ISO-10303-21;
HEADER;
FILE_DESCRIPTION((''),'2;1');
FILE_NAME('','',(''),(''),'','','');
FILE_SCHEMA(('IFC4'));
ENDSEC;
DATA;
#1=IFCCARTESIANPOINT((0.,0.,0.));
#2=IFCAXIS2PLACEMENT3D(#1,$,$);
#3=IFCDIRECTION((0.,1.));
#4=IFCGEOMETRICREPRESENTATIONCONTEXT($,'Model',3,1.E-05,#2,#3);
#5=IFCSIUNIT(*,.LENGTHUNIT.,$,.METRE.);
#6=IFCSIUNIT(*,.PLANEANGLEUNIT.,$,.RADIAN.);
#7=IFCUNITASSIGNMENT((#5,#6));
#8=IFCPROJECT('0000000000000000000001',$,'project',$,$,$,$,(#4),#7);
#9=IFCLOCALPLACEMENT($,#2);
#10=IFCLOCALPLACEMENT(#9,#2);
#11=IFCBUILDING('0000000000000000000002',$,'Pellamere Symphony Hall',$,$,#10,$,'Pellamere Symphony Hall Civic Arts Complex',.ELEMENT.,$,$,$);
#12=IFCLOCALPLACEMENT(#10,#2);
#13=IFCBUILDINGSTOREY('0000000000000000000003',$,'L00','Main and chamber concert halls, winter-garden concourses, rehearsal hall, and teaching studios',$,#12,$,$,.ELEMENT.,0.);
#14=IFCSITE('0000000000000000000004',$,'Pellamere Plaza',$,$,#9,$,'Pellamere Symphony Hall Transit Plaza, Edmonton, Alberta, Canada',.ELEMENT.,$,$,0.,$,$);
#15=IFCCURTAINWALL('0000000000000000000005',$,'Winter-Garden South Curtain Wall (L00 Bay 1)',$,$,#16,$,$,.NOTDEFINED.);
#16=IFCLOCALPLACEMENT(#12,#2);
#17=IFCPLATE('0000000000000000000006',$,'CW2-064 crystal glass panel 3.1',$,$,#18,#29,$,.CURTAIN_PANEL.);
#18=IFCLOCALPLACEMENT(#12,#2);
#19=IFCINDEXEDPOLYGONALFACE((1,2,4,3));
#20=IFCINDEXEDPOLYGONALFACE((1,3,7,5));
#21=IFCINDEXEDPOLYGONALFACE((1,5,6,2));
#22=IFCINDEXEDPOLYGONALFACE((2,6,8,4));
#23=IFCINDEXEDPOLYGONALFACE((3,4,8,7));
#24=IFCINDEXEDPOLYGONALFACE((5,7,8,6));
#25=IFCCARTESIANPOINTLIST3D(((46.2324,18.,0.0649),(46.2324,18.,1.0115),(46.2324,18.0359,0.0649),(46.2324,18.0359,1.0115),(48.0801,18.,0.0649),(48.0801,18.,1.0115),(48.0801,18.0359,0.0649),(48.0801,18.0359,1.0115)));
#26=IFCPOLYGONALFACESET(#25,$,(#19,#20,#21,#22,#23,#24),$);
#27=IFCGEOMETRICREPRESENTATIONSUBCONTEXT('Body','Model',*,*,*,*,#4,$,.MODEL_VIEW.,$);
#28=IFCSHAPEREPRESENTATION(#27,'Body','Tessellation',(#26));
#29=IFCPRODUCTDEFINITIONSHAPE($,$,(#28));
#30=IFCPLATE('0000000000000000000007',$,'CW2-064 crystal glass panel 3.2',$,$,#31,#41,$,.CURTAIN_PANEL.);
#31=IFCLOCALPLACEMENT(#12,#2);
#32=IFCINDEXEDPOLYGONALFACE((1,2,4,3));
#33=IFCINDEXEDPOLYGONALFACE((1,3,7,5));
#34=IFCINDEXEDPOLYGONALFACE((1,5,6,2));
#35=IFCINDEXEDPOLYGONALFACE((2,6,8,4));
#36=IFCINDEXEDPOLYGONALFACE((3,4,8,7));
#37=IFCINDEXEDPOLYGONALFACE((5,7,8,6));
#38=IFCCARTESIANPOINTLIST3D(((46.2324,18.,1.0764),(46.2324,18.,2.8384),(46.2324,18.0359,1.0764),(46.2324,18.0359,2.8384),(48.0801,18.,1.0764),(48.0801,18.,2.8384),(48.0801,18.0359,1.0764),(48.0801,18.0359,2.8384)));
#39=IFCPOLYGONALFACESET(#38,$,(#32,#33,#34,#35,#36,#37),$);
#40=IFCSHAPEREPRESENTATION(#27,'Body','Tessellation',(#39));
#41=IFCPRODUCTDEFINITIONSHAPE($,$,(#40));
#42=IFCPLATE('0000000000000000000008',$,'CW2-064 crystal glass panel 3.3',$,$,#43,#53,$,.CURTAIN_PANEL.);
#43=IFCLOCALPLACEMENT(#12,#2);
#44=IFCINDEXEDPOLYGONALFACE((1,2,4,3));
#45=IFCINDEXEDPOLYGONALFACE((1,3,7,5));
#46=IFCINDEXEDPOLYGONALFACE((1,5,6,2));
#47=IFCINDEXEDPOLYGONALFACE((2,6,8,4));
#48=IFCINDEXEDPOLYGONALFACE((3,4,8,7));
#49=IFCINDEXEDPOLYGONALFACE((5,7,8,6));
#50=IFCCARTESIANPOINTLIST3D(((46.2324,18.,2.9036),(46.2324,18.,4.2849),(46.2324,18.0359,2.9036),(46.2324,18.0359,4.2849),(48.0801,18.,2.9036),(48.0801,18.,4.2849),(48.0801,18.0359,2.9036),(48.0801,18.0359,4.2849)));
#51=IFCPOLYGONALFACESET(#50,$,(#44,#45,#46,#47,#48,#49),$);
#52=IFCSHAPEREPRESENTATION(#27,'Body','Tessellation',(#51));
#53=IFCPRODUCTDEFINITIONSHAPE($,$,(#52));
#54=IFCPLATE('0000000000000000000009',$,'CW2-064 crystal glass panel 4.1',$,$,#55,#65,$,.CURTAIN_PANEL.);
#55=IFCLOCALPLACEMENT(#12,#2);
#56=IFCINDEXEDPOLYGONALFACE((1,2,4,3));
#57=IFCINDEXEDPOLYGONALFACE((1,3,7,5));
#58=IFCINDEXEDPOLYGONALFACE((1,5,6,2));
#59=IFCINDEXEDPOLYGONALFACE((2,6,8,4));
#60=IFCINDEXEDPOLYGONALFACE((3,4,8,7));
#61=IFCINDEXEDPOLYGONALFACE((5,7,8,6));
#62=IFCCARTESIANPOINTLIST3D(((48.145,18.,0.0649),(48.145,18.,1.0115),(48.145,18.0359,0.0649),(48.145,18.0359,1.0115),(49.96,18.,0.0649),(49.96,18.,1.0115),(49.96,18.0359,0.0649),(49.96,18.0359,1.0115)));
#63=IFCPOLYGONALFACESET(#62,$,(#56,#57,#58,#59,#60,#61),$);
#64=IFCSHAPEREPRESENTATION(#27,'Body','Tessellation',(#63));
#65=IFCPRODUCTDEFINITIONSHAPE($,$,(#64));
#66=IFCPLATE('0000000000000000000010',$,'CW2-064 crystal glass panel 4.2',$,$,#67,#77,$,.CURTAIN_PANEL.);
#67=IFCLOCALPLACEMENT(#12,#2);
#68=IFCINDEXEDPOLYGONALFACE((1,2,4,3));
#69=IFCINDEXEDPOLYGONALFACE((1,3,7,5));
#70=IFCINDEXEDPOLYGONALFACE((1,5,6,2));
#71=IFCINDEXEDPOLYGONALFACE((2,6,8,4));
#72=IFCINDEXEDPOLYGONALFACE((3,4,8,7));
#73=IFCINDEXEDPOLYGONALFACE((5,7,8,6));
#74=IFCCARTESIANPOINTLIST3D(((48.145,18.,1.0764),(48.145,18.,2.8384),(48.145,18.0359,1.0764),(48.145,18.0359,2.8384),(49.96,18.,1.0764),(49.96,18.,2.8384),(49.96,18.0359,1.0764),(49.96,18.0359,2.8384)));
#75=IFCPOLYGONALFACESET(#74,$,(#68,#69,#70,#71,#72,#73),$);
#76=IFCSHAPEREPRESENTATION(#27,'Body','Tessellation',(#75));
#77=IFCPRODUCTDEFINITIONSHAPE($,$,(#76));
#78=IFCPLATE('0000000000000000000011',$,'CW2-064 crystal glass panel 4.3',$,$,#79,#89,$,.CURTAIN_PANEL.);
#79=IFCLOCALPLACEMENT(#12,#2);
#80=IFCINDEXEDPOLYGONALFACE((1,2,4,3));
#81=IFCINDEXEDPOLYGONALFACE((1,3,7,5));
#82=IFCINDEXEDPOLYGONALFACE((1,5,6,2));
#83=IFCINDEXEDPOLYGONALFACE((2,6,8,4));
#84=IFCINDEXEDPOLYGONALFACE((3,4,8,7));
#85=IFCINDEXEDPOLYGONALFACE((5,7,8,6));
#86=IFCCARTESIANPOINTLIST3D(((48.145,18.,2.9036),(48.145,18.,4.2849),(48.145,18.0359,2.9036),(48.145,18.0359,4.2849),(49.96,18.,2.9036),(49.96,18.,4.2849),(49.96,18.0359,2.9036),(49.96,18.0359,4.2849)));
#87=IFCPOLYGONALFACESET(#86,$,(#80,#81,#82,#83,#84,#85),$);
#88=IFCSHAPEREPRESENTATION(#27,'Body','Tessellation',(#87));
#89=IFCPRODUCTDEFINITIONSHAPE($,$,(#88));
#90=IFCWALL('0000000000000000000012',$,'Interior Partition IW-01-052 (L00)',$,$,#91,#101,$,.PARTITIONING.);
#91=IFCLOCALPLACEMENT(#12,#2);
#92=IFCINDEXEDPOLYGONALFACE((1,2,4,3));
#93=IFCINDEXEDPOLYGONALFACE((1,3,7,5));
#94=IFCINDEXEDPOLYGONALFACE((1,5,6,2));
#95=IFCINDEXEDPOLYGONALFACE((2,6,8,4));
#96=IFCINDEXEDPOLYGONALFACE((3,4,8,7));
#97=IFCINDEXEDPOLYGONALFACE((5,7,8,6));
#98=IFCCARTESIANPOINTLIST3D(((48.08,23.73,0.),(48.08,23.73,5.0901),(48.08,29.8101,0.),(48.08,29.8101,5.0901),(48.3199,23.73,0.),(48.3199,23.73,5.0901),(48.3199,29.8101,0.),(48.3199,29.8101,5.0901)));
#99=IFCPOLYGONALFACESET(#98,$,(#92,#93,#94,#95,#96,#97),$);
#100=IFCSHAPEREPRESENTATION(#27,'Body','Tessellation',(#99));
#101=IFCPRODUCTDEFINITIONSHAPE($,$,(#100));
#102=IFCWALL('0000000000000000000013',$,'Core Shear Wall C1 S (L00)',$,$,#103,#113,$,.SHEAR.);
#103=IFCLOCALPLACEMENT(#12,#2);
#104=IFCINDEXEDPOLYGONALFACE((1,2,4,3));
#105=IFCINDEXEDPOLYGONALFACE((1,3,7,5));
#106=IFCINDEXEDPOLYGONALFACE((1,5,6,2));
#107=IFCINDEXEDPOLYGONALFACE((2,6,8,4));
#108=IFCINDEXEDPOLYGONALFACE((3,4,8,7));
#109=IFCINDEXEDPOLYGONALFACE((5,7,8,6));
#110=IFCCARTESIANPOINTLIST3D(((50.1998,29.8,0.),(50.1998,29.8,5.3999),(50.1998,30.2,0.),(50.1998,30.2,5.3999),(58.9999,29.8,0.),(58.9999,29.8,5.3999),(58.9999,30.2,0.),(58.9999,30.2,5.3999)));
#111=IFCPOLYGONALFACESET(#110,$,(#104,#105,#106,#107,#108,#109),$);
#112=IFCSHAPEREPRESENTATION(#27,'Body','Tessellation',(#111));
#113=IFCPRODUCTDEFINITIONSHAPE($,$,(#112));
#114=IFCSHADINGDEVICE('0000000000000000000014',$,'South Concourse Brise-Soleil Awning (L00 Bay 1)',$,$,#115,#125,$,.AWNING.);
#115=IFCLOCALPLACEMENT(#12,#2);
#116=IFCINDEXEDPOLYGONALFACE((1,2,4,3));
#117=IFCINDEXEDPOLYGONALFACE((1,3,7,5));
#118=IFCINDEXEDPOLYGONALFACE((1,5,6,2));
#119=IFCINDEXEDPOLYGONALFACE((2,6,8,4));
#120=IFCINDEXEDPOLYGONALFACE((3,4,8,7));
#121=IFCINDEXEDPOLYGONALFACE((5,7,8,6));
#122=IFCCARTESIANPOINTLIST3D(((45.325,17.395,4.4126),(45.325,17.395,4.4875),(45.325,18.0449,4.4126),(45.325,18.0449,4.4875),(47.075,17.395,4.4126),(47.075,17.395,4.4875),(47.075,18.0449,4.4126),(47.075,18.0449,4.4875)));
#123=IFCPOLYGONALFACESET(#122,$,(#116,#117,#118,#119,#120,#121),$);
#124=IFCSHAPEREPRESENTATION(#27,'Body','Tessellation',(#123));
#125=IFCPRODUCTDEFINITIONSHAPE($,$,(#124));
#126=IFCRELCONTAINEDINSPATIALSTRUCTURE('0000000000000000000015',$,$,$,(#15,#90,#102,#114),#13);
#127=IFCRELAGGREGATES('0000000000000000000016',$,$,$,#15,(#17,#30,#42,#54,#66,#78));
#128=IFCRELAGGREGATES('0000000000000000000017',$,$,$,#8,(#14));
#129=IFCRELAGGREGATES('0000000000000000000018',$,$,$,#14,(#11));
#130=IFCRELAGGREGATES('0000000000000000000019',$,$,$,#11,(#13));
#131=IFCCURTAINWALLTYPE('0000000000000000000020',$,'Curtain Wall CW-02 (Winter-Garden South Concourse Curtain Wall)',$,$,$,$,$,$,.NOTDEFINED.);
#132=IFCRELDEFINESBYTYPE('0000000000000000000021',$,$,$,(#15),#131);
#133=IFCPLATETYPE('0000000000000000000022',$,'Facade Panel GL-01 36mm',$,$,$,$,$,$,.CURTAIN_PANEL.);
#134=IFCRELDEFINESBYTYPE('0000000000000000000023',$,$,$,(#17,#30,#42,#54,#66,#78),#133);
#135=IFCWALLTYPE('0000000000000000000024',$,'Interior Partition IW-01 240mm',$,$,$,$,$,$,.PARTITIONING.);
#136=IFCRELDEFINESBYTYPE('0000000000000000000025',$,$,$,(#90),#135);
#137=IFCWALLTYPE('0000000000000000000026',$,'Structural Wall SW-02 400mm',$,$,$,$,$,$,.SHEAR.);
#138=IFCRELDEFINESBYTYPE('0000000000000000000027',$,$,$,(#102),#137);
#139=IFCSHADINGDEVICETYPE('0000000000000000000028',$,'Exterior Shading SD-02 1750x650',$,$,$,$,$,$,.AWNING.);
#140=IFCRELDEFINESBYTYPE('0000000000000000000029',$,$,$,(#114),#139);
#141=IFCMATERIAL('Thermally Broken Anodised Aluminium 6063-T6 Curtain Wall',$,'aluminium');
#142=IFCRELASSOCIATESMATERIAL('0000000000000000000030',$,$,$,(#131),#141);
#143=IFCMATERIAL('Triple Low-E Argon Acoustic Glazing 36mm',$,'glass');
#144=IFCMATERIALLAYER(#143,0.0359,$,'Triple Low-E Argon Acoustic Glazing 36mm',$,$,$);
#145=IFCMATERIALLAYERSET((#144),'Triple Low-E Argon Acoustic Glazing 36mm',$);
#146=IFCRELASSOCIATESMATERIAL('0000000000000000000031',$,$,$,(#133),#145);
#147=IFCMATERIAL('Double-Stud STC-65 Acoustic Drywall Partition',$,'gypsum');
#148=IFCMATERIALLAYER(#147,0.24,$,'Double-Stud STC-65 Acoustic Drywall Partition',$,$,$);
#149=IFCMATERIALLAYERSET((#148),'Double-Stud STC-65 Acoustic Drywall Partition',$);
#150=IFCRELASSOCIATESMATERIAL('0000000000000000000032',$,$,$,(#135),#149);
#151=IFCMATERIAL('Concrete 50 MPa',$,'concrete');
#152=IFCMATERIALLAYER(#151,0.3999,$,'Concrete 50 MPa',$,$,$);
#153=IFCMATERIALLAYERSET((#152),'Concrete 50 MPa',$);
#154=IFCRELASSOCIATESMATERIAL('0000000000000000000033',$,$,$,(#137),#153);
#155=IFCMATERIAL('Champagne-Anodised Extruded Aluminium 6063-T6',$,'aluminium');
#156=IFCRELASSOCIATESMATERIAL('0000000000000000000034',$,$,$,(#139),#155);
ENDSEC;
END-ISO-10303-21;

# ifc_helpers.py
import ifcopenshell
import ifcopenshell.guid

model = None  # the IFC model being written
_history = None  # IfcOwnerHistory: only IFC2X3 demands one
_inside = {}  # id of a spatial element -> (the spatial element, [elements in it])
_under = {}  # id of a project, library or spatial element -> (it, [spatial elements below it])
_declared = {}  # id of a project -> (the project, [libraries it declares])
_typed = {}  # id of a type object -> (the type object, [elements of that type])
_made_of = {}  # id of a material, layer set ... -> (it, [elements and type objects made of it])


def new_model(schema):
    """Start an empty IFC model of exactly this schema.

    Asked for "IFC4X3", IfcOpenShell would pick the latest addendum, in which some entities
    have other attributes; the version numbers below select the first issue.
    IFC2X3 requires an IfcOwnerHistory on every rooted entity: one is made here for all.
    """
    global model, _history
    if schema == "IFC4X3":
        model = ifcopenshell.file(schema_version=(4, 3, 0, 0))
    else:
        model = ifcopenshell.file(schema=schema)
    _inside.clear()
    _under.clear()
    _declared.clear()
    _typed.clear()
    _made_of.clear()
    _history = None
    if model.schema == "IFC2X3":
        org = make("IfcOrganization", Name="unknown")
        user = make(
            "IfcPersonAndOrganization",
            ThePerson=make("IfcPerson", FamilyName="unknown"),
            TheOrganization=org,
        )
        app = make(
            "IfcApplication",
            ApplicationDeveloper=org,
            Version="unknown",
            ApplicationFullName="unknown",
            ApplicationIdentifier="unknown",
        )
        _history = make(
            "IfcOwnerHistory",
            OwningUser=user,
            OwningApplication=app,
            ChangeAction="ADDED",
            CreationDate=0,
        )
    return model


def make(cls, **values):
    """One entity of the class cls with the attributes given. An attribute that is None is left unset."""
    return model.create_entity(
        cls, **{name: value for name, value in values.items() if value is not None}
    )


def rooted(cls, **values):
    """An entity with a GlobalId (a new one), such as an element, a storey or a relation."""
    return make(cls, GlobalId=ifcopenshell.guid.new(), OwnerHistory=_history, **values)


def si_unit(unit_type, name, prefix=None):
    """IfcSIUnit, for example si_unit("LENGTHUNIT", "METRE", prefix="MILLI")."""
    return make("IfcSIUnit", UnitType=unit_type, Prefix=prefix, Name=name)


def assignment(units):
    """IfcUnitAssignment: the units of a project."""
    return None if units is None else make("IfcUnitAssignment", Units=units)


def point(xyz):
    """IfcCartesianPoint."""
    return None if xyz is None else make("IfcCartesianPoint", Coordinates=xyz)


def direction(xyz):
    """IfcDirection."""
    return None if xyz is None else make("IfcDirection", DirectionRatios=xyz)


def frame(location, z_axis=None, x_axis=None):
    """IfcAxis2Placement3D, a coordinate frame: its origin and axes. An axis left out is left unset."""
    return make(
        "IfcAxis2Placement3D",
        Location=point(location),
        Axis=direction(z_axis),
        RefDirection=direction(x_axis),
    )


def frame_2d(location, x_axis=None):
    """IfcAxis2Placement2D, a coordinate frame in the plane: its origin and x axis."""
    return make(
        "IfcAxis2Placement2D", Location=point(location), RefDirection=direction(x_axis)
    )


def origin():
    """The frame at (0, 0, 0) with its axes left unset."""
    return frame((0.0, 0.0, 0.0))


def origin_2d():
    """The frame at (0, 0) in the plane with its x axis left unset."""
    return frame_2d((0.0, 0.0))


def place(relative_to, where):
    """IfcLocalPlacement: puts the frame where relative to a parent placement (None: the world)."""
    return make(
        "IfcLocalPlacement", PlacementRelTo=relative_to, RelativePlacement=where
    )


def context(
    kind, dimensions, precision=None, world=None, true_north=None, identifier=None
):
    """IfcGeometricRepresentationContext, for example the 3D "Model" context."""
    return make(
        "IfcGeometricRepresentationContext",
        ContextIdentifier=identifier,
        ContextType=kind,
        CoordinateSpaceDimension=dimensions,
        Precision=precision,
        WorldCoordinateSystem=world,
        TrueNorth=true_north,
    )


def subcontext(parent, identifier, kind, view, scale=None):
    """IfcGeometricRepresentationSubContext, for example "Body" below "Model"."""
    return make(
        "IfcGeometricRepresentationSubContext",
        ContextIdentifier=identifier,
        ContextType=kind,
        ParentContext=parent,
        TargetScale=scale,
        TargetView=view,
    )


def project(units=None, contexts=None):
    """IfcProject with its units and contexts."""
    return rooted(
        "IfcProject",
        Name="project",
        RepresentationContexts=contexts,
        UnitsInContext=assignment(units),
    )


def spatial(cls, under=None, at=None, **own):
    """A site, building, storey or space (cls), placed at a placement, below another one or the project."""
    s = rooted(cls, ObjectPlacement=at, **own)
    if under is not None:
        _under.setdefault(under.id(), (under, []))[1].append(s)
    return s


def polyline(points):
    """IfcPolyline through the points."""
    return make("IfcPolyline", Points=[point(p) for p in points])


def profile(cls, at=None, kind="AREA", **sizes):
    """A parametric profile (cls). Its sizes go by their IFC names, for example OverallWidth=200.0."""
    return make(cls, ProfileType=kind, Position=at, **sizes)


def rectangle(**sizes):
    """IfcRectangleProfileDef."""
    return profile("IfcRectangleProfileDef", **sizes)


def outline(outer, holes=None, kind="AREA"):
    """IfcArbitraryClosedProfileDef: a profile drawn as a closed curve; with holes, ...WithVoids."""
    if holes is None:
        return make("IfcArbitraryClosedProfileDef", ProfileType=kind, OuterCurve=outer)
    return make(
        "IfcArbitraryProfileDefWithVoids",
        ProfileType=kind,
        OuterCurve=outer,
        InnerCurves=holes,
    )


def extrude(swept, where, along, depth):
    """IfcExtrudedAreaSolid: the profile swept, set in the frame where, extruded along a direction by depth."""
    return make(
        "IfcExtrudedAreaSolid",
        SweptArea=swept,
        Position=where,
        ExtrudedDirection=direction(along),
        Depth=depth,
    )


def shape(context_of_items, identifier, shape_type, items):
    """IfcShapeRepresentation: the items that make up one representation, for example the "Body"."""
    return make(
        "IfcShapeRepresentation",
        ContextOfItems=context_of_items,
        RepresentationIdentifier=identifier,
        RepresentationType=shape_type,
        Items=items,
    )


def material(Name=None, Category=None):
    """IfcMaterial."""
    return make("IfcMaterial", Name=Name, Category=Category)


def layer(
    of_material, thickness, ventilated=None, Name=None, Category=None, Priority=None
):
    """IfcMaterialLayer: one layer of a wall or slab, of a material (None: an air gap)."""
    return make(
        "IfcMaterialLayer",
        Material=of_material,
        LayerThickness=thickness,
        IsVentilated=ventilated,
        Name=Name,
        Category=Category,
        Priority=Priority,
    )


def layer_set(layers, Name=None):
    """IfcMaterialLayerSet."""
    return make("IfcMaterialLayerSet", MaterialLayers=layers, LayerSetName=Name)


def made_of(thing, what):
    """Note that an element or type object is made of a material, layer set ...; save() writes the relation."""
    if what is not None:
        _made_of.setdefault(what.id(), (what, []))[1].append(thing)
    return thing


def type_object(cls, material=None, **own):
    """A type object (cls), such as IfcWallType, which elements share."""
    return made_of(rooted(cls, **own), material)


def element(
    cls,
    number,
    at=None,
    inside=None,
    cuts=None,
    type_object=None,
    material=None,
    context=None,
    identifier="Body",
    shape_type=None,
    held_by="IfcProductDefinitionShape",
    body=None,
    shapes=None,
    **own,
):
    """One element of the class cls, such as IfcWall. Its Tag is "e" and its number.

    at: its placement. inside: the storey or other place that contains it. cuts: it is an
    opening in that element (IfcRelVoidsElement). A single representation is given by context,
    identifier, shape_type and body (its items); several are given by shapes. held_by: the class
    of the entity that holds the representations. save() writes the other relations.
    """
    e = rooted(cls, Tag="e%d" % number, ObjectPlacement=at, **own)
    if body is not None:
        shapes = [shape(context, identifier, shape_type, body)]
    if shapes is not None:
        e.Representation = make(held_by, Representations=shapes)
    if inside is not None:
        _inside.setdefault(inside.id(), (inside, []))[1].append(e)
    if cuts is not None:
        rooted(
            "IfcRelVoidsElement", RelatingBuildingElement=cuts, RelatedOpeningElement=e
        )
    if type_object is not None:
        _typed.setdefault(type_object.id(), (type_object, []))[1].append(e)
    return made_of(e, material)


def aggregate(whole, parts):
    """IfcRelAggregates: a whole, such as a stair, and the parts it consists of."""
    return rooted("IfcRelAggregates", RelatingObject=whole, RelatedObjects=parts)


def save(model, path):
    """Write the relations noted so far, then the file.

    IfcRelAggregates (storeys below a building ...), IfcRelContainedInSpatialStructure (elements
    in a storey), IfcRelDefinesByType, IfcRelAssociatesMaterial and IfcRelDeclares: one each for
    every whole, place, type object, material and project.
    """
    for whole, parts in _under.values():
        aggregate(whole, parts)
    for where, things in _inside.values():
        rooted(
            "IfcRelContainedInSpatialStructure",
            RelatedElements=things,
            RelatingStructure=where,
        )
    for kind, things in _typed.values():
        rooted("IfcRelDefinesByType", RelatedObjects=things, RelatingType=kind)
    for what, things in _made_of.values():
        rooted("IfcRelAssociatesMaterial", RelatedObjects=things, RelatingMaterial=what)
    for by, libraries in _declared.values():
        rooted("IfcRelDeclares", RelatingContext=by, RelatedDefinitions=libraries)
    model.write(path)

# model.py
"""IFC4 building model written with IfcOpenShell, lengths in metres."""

from ifc_helpers import new_model, si_unit, direction, frame, frame_2d, origin, origin_2d, place, context, subcontext, project, spatial, polyline, rectangle, outline, extrude, material, layer, layer_set, type_object, element, aggregate, save


model = new_model("IFC4")

# Units and contexts
model_context = context("Model", 3, precision=1e-05, world=origin(), true_north=direction((0.0, 1.0)))
body_context = subcontext(model_context, "Body", "Model", "MODEL_VIEW")
ifc_project = project(units=[si_unit("LENGTHUNIT", "METRE"), si_unit("PLANEANGLEUNIT", "RADIAN")], contexts=[model_context])

# Site, building, storey
site_placement = place(None, origin())
site = spatial("IfcSite", under=ifc_project, at=site_placement, Name="Pellamere Plaza", LongName="Pellamere Symphony Hall Transit Plaza, Edmonton, Alberta, Canada", CompositionType="ELEMENT", RefElevation=0.0)
building_placement = place(site_placement, origin())
building = spatial("IfcBuilding", under=site, at=building_placement, Name="Pellamere Symphony Hall", LongName="Pellamere Symphony Hall Civic Arts Complex", CompositionType="ELEMENT")
storey_placement = place(building_placement, origin())
storey = spatial("IfcBuildingStorey", under=building, at=storey_placement, Name="L00", Description="Main and chamber concert halls, winter-garden concourses, rehearsal hall, and teaching studios", CompositionType="ELEMENT", Elevation=0.0)

# Curtain wall
ifc_material_1 = material(Name="Thermally Broken Anodised Aluminium 6063-T6 Curtain Wall", Category="aluminium")
curtain_wall_type = type_object("IfcCurtainWallType", Name="Curtain Wall CW-02 (Winter-Garden South Concourse Curtain Wall)", PredefinedType="NOTDEFINED", material=ifc_material_1)
curtain_wall_placement = place(storey_placement, origin())
curtain_wall = element("IfcCurtainWall", 1, at=curtain_wall_placement, inside=storey, type_object=curtain_wall_type, Name="Winter-Garden South Curtain Wall (L00 Bay 1)", PredefinedType="NOTDEFINED")

# Plates
ifc_material_2 = material(Name="Triple Low-E Argon Acoustic Glazing 36mm", Category="glass")
ifc_layer_1 = layer(ifc_material_2, 0.0359, Name="Triple Low-E Argon Acoustic Glazing 36mm")
ifc_layer_set_1 = layer_set([ifc_layer_1], Name="Triple Low-E Argon Acoustic Glazing 36mm")
plate_type = type_object("IfcPlateType", Name="Facade Panel GL-01 36mm", PredefinedType="CURTAIN_PANEL", material=ifc_layer_set_1)
plate_1_placement = place(storey_placement, frame((46.2324, 18.0, 0.0649), z_axis=(0.0, -1.0, 0.0), x_axis=(1.0, 0.0, 0.0)))
plate_1 = element("IfcPlate", 2, at=plate_1_placement, type_object=plate_type, Name="CW2-064 crystal glass panel 3.1", PredefinedType="CURTAIN_PANEL", context=body_context, shape_type="SweptSolid", body=[
    extrude(outline(polyline([(0.0, 0.0), (1.8477, 0.0), (1.8477, 0.9465), (0.0, 0.9465), (0.0, 0.0)])), origin(), (0.0, 0.0, -1.0), 0.0359),
])
plate_2_placement = place(storey_placement, frame((46.2324, 18.0, 1.0764), z_axis=(0.0, -1.0, 0.0), x_axis=(1.0, 0.0, 0.0)))
plate_2 = element("IfcPlate", 3, at=plate_2_placement, type_object=plate_type, Name="CW2-064 crystal glass panel 3.2", PredefinedType="CURTAIN_PANEL", context=body_context, shape_type="SweptSolid", body=[
    extrude(outline(polyline([(0.0, 0.0), (1.8477, 0.0), (1.8477, 1.762), (0.0, 1.762), (0.0, 0.0)])), origin(), (0.0, 0.0, -1.0), 0.0359),
])
plate_3_placement = place(storey_placement, frame((46.2324, 18.0, 2.9036), z_axis=(0.0, -1.0, 0.0), x_axis=(1.0, 0.0, 0.0)))
plate_3 = element("IfcPlate", 4, at=plate_3_placement, type_object=plate_type, Name="CW2-064 crystal glass panel 3.3", PredefinedType="CURTAIN_PANEL", context=body_context, shape_type="SweptSolid", body=[
    extrude(outline(polyline([(0.0, 0.0), (1.8477, 0.0), (1.8477, 1.3813), (0.0, 1.3813), (0.0, 0.0)])), origin(), (0.0, 0.0, -1.0), 0.0359),
])
plate_4_placement = place(storey_placement, frame((48.145, 18.0, 0.0649), z_axis=(0.0, -1.0, 0.0), x_axis=(1.0, 0.0, 0.0)))
plate_4 = element("IfcPlate", 5, at=plate_4_placement, type_object=plate_type, Name="CW2-064 crystal glass panel 4.1", PredefinedType="CURTAIN_PANEL", context=body_context, shape_type="SweptSolid", body=[
    extrude(outline(polyline([(0.0, 0.0), (1.8149, 0.0), (1.8149, 0.9465), (0.0, 0.9465), (0.0, 0.0)])), origin(), (0.0, 0.0, -1.0), 0.0359),
])
plate_5_placement = place(storey_placement, frame((48.145, 18.0, 1.0764), z_axis=(0.0, -1.0, 0.0), x_axis=(1.0, 0.0, 0.0)))
plate_5 = element("IfcPlate", 6, at=plate_5_placement, type_object=plate_type, Name="CW2-064 crystal glass panel 4.2", PredefinedType="CURTAIN_PANEL", context=body_context, shape_type="SweptSolid", body=[
    extrude(outline(polyline([(0.0, 0.0), (1.8149, 0.0), (1.8149, 1.762), (0.0, 1.762), (0.0, 0.0)])), origin(), (0.0, 0.0, -1.0), 0.0359),
])
plate_6_placement = place(storey_placement, frame((48.145, 18.0, 2.9036), z_axis=(0.0, -1.0, 0.0), x_axis=(1.0, 0.0, 0.0)))
plate_6 = element("IfcPlate", 7, at=plate_6_placement, type_object=plate_type, Name="CW2-064 crystal glass panel 4.3", PredefinedType="CURTAIN_PANEL", context=body_context, shape_type="SweptSolid", body=[
    extrude(outline(polyline([(0.0, 0.0), (1.8149, 0.0), (1.8149, 1.3813), (0.0, 1.3813), (0.0, 0.0)])), origin(), (0.0, 0.0, -1.0), 0.0359),
])
aggregate(curtain_wall, [plate_1, plate_2, plate_3, plate_4, plate_5, plate_6])

# Walls
ifc_material_3 = material(Name="Double-Stud STC-65 Acoustic Drywall Partition", Category="gypsum")
ifc_layer_2 = layer(ifc_material_3, 0.24, Name="Double-Stud STC-65 Acoustic Drywall Partition")
ifc_layer_set_2 = layer_set([ifc_layer_2], Name="Double-Stud STC-65 Acoustic Drywall Partition")
wall_type_1 = type_object("IfcWallType", Name="Interior Partition IW-01 240mm", PredefinedType="PARTITIONING", material=ifc_layer_set_2)
wall_1_placement = place(storey_placement, frame((48.2, 23.73, 0.0), z_axis=(0.0, 0.0, 1.0), x_axis=(0.0, 1.0, 0.0)))
element("IfcWall", 8, at=wall_1_placement, inside=storey, type_object=wall_type_1, Name="Interior Partition IW-01-052 (L00)", PredefinedType="PARTITIONING", context=body_context, shape_type="SweptSolid", body=[
    extrude(rectangle(XDim=6.0801, YDim=0.24, at=frame_2d((3.04, 0.0))), origin(), (0.0, 0.0, 1.0), 5.0901),
])
ifc_material_4 = material(Name="Concrete 50 MPa", Category="concrete")
ifc_layer_3 = layer(ifc_material_4, 0.3999, Name="Concrete 50 MPa")
ifc_layer_set_3 = layer_set([ifc_layer_3], Name="Concrete 50 MPa")
wall_type_2 = type_object("IfcWallType", Name="Structural Wall SW-02 400mm", PredefinedType="SHEAR", material=ifc_layer_set_3)
wall_2_placement = place(storey_placement, frame((50.2, 30.0, 0.0), z_axis=(0.0, 0.0, 1.0), x_axis=(1.0, 0.0, 0.0)))
element("IfcWall", 9, at=wall_2_placement, inside=storey, type_object=wall_type_2, Name="Core Shear Wall C1 S (L00)", PredefinedType="SHEAR", context=body_context, shape_type="SweptSolid", body=[
    extrude(rectangle(XDim=8.8, YDim=0.3999, at=frame_2d((4.3999, 0.0))), origin(), (0.0, 0.0, 1.0), 5.3999),
])

# Shading device
ifc_material_5 = material(Name="Champagne-Anodised Extruded Aluminium 6063-T6", Category="aluminium")
shading_device_type = type_object("IfcShadingDeviceType", Name="Exterior Shading SD-02 1750x650", PredefinedType="AWNING", material=ifc_material_5)
shading_device_placement = place(storey_placement, frame((46.2, 17.72, 4.4126), z_axis=(0.0, 0.0, 1.0), x_axis=(1.0, 0.0, 0.0)))
element("IfcShadingDevice", 10, at=shading_device_placement, inside=storey, type_object=shading_device_type, Name="South Concourse Brise-Soleil Awning (L00 Bay 1)", PredefinedType="AWNING", context=body_context, shape_type="SweptSolid", body=[
    extrude(rectangle(XDim=1.75, YDim=0.6499, at=origin_2d()), origin(), (0.0, 0.0, 1.0), 0.075),
])

save(model, "model.ifc")
